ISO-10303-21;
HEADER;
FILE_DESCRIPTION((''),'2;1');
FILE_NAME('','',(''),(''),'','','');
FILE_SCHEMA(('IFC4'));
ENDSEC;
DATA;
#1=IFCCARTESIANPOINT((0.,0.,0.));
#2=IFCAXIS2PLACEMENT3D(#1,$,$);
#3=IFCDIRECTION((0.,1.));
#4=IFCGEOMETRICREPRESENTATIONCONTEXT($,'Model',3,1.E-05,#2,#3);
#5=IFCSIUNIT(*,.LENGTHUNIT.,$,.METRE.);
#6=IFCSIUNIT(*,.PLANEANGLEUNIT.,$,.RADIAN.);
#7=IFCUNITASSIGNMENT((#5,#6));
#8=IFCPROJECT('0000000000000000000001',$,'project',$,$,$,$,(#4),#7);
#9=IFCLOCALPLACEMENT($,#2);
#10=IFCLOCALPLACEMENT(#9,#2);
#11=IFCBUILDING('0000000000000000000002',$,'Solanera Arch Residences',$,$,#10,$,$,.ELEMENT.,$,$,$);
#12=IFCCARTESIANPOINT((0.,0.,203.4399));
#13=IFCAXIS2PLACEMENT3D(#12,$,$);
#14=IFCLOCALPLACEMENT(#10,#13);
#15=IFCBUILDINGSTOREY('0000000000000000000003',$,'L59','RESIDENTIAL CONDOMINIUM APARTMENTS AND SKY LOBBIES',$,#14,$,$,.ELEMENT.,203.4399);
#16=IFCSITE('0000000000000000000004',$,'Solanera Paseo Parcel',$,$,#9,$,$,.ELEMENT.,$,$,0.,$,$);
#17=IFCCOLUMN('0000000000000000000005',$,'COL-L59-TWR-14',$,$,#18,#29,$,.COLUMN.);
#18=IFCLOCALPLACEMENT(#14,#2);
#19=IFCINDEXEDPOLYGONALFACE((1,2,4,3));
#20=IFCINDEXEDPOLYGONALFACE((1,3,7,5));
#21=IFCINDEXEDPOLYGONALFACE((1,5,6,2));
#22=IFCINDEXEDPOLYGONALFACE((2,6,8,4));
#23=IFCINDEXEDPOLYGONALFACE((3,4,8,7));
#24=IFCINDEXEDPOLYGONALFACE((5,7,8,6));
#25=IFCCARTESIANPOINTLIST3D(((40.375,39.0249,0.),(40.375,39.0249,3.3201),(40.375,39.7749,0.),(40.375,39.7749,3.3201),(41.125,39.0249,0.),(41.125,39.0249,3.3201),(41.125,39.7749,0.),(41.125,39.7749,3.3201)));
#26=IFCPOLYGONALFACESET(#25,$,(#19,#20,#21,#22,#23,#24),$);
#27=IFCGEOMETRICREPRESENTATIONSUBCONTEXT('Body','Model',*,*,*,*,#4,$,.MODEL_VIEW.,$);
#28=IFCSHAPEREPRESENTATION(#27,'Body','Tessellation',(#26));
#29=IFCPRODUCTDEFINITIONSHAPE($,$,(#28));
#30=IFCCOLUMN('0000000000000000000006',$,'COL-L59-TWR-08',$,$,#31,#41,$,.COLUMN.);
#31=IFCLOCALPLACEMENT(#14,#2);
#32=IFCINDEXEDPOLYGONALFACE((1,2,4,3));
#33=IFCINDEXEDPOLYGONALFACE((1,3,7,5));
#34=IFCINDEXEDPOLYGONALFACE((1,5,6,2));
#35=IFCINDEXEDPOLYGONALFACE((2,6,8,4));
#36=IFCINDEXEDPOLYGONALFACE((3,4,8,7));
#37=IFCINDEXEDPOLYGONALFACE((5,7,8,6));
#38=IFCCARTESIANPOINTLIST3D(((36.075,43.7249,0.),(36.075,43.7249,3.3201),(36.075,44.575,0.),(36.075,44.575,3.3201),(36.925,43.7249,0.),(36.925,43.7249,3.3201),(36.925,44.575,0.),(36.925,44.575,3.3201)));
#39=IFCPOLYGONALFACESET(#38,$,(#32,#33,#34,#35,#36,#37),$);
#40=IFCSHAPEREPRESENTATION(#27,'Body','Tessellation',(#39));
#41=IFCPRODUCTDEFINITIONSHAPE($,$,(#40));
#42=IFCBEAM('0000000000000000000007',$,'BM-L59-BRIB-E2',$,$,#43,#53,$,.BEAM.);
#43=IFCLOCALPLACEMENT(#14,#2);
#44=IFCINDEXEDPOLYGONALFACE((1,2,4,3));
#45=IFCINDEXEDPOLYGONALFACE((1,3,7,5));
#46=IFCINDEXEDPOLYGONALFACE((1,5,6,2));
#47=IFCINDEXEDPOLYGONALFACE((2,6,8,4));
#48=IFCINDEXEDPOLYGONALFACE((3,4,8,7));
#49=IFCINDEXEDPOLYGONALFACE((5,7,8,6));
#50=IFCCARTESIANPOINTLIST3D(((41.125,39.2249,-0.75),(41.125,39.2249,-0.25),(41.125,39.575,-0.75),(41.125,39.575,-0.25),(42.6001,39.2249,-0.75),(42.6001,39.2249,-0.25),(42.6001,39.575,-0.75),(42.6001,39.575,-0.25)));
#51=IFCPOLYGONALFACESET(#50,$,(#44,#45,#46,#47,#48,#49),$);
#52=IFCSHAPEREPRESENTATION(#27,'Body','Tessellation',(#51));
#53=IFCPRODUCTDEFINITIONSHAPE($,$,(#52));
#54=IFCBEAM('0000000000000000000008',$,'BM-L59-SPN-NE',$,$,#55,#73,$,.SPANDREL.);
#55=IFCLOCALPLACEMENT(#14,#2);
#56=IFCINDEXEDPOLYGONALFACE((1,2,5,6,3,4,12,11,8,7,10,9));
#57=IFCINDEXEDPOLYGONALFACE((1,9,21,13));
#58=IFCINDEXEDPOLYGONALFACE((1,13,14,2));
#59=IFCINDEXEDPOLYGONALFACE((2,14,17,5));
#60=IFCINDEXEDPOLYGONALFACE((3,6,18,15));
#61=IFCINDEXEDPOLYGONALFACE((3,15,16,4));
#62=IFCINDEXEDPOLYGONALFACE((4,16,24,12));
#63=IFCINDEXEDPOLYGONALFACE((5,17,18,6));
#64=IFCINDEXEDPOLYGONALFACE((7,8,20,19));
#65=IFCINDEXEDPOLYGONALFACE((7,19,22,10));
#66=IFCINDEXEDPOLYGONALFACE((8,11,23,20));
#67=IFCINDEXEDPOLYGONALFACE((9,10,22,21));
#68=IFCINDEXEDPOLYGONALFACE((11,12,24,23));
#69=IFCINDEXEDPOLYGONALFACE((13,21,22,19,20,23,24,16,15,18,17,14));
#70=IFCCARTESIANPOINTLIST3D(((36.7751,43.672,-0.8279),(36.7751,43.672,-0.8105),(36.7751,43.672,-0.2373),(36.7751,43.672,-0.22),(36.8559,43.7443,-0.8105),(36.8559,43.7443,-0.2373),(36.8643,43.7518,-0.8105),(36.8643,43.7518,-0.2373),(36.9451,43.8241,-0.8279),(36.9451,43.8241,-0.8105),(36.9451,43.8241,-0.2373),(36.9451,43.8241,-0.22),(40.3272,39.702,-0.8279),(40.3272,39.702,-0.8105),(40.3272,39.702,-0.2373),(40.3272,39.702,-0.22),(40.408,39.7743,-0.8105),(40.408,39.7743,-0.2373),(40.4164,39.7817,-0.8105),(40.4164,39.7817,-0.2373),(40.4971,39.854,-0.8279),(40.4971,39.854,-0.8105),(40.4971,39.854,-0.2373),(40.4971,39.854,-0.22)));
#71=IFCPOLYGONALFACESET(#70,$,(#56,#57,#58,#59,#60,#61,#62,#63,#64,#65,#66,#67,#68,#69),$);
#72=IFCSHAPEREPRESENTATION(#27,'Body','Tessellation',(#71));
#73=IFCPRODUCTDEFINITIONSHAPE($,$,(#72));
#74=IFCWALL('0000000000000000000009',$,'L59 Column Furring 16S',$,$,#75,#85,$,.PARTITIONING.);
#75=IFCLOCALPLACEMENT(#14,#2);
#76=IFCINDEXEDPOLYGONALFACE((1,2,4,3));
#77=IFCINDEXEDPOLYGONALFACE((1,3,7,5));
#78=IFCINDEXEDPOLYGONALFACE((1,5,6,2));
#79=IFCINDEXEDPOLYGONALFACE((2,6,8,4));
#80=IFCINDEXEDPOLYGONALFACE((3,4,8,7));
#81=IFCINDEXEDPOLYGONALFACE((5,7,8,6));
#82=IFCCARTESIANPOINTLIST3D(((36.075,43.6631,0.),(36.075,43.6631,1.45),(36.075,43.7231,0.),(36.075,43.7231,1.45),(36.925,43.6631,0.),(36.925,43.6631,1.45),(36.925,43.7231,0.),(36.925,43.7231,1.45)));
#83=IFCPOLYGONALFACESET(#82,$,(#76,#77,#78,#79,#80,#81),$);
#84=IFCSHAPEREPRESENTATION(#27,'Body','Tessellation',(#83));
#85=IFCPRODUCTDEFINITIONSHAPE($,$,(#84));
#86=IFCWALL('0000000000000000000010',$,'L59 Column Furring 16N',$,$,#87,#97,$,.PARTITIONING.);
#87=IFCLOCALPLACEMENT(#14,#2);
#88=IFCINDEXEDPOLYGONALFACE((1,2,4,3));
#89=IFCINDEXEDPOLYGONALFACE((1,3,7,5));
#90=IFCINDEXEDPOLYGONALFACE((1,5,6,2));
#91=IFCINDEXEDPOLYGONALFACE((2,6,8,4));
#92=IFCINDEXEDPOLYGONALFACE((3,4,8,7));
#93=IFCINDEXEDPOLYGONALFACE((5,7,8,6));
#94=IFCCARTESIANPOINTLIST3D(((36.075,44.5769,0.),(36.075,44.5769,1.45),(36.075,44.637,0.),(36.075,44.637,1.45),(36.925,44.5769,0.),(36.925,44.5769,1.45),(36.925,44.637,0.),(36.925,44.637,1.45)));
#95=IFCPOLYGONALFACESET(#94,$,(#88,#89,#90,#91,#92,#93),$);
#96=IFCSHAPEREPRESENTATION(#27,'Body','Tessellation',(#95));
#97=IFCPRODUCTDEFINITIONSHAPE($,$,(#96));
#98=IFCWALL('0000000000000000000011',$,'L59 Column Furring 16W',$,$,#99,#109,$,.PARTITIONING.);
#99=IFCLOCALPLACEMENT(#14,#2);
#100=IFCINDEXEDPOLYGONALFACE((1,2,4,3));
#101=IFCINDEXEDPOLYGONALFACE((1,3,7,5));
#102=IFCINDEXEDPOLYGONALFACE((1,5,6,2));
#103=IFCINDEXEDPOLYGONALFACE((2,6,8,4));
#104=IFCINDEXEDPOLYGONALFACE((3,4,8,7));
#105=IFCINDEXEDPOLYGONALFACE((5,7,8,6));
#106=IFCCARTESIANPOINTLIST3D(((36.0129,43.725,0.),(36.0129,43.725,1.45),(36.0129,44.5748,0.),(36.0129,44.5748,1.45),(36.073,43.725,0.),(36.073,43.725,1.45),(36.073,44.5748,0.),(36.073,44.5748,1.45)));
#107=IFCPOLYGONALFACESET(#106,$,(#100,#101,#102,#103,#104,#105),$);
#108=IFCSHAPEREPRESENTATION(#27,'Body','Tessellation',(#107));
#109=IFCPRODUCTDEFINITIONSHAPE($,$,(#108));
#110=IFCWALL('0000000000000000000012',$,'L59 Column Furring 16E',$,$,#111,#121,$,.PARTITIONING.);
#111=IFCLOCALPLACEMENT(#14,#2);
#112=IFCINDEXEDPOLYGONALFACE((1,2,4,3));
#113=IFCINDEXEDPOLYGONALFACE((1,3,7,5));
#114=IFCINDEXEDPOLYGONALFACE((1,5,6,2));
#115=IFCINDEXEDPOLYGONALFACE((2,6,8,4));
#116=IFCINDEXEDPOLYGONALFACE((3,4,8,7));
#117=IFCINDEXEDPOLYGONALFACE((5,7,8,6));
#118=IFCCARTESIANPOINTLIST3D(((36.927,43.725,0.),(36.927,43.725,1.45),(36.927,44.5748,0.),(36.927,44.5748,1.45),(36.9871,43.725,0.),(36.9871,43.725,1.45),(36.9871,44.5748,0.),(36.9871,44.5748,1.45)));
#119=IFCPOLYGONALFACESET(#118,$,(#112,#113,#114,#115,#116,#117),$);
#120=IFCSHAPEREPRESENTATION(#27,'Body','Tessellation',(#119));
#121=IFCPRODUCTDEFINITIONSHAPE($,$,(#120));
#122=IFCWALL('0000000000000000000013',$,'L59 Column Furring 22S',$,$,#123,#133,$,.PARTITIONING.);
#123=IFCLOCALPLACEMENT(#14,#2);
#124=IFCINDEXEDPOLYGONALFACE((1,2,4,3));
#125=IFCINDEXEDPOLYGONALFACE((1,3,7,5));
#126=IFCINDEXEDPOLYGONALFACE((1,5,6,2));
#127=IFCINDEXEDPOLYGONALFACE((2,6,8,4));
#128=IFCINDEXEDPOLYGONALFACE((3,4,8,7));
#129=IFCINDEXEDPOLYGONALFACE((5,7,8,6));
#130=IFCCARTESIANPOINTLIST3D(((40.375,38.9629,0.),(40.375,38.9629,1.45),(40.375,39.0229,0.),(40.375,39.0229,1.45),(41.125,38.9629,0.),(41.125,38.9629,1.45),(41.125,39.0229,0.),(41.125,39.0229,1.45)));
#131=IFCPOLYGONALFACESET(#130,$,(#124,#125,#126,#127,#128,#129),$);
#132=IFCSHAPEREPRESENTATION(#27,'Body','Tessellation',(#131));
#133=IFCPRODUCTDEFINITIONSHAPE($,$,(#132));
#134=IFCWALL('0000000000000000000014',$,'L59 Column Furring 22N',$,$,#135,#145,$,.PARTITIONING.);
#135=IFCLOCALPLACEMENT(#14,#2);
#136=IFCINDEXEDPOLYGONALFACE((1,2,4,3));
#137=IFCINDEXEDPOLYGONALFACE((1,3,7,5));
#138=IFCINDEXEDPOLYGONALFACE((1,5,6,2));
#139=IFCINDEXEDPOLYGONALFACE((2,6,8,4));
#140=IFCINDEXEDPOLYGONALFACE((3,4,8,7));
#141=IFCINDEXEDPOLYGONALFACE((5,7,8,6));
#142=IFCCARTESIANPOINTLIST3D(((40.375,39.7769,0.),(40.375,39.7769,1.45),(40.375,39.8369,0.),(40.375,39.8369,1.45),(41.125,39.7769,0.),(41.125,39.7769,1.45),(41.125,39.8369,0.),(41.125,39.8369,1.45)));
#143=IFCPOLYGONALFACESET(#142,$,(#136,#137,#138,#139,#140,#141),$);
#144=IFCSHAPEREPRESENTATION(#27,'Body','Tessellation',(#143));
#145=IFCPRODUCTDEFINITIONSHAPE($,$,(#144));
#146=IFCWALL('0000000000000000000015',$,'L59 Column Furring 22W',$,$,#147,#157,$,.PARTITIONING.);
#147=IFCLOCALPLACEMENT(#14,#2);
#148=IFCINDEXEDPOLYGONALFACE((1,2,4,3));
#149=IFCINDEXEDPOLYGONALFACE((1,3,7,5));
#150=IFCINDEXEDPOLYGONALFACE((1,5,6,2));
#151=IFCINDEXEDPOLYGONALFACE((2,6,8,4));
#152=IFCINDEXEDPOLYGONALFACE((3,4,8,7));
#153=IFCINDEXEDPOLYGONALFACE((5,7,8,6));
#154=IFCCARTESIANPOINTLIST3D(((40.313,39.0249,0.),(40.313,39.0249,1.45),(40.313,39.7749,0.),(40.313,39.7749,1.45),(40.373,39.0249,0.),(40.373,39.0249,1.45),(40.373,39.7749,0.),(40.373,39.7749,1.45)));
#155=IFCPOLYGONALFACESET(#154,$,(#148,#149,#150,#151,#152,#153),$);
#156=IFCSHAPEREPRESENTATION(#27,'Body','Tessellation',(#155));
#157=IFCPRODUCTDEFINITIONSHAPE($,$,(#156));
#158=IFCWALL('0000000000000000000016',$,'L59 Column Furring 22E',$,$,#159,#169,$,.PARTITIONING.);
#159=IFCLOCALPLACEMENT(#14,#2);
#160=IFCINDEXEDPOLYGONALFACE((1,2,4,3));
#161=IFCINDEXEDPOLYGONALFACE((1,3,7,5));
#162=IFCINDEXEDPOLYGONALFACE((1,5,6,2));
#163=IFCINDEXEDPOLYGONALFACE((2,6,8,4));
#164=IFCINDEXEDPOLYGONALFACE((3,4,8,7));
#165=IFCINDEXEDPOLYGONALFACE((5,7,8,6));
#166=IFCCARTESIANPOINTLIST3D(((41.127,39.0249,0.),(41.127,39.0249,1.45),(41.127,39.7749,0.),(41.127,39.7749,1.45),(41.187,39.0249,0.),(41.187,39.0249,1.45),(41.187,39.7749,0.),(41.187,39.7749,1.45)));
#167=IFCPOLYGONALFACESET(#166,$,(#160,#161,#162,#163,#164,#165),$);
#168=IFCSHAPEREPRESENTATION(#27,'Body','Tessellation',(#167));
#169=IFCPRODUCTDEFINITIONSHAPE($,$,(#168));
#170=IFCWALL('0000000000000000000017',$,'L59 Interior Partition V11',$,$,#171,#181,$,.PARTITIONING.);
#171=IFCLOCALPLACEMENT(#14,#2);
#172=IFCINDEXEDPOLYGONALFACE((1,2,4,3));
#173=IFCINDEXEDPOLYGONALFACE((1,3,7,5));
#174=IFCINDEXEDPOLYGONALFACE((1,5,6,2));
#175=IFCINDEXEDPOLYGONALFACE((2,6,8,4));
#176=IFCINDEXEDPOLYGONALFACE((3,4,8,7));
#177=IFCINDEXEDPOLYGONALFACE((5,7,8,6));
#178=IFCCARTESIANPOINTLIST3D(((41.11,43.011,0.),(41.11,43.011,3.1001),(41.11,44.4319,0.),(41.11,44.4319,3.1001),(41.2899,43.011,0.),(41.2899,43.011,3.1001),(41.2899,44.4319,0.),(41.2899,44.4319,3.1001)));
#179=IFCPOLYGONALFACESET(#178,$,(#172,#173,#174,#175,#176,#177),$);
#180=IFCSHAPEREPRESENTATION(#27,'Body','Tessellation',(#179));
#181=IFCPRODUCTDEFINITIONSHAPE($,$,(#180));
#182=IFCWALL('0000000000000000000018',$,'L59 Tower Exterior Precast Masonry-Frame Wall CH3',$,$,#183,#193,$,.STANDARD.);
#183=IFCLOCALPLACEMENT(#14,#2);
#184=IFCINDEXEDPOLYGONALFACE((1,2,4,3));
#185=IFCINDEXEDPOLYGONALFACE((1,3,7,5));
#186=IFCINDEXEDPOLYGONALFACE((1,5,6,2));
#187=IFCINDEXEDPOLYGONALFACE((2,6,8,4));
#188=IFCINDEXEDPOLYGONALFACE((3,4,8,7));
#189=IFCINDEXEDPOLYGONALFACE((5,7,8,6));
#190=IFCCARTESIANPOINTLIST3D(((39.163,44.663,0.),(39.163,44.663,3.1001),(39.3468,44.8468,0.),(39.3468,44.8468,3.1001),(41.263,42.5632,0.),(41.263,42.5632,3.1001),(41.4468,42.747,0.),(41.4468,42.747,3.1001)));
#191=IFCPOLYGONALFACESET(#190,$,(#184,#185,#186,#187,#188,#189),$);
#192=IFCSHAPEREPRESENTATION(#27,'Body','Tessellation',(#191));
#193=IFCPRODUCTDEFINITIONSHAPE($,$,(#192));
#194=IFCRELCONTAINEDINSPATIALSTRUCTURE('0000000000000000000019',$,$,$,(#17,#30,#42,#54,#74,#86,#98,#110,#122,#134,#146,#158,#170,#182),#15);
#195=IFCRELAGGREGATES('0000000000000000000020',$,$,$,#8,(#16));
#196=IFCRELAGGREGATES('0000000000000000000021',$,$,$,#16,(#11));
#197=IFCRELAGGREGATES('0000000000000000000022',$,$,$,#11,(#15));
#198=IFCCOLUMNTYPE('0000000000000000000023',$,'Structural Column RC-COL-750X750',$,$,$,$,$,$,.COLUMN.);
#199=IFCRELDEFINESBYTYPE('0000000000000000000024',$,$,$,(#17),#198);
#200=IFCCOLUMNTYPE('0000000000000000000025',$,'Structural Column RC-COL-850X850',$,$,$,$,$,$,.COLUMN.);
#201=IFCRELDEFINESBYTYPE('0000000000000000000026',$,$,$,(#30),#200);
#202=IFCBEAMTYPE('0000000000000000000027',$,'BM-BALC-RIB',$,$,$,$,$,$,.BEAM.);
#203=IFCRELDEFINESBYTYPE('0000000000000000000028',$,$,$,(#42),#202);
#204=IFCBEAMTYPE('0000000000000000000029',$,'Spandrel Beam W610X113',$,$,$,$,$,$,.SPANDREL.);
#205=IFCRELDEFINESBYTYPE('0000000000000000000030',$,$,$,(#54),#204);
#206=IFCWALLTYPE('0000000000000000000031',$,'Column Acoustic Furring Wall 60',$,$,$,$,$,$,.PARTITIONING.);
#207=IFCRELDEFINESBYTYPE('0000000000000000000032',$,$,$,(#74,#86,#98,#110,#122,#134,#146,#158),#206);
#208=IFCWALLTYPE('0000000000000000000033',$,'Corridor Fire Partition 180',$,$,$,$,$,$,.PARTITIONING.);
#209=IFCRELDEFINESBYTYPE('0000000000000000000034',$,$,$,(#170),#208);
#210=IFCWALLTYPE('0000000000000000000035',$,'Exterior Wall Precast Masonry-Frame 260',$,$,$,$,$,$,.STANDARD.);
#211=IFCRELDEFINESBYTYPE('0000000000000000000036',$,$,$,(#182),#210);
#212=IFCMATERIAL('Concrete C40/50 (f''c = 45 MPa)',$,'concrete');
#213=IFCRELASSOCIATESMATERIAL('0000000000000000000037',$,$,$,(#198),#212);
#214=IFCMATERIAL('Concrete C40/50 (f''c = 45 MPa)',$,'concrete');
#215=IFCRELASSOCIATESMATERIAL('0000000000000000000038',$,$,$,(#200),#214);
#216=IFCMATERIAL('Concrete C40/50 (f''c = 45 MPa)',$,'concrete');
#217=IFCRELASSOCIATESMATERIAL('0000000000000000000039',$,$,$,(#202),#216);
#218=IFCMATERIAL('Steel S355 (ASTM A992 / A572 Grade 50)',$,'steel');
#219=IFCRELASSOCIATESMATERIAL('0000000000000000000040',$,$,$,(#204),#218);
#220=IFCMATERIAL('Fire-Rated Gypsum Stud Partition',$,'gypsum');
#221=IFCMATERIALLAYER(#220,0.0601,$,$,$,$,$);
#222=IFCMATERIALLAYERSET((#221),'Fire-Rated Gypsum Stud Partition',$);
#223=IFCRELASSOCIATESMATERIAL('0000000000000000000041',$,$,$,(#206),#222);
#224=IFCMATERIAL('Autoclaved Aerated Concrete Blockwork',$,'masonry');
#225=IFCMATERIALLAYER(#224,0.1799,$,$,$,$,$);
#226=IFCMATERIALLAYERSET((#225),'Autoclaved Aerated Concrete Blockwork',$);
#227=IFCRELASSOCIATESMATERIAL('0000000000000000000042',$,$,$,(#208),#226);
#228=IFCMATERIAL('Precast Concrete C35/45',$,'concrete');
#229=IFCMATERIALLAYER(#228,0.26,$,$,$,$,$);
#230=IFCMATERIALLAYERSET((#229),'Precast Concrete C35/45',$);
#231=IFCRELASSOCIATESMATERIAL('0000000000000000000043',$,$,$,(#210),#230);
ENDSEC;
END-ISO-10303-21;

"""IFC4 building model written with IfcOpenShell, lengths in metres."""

from ifc_helpers import new_model, si_unit, direction, frame, frame_2d, origin, origin_2d, place, context, subcontext, project, spatial, rectangle, i_section, extrude, material, layer, layer_set, material_profile, profile_set, type_object, element, save


model = new_model("IFC4")

# Units and contexts
model_context = context("Model", 3, precision=1e-05, world=origin(), true_north=direction((0.0, 1.0)))
body_context = subcontext(model_context, "Body", "Model", "MODEL_VIEW")
ifc_project = project(units=[si_unit("LENGTHUNIT", "METRE"), si_unit("PLANEANGLEUNIT", "RADIAN")], contexts=[model_context])

# Site, building, storey
site_placement = place(None, origin())
site = spatial("IfcSite", under=ifc_project, at=site_placement, Name="Solanera Paseo Parcel", CompositionType="ELEMENT", RefElevation=0.0)
building_placement = place(site_placement, origin())
building = spatial("IfcBuilding", under=site, at=building_placement, Name="Solanera Arch Residences", CompositionType="ELEMENT")
storey_placement = place(building_placement, frame((0.0, 0.0, 203.4399)))
storey = spatial("IfcBuildingStorey", under=building, at=storey_placement, Name="L59", Description="RESIDENTIAL CONDOMINIUM APARTMENTS AND SKY LOBBIES", CompositionType="ELEMENT", Elevation=203.4399)

# Columns
ifc_material_1 = material(Name="Concrete C40/50 (f'c = 45 MPa)", Category="concrete")
ifc_material_profile_1 = material_profile(ifc_material_1, rectangle(XDim=0.75, YDim=0.75, at=origin_2d()))
ifc_profile_set_1 = profile_set([ifc_material_profile_1], Name="Concrete C40/50 (f'c = 45 MPa)")
column_type_1 = type_object("IfcColumnType", Name="Structural Column RC-COL-750X750", PredefinedType="COLUMN", material=ifc_profile_set_1)
column_1_placement = place(storey_placement, frame((40.75, 39.3999, 0.0), z_axis=(0.0, 0.0, 1.0), x_axis=(1.0, 0.0, 0.0)))
element("IfcColumn", 1, at=column_1_placement, inside=storey, type_object=column_type_1, Name="COL-L59-TWR-14", PredefinedType="COLUMN", context=body_context, shape_type="SweptSolid", body=[
    extrude(rectangle(XDim=0.75, YDim=0.75, at=origin_2d()), origin(), (0.0, 0.0, 1.0), 3.3201),
])
ifc_material_2 = material(Name="Concrete C40/50 (f'c = 45 MPa)", Category="concrete")
ifc_material_profile_2 = material_profile(ifc_material_2, rectangle(XDim=0.8501, YDim=0.8501, at=origin_2d()))
ifc_profile_set_2 = profile_set([ifc_material_profile_2], Name="Concrete C40/50 (f'c = 45 MPa)")
column_type_2 = type_object("IfcColumnType", Name="Structural Column RC-COL-850X850", PredefinedType="COLUMN", material=ifc_profile_set_2)
column_2_placement = place(storey_placement, frame((36.5, 44.1499, 0.0), z_axis=(0.0, 0.0, 1.0), x_axis=(1.0, 0.0, 0.0)))
element("IfcColumn", 2, at=column_2_placement, inside=storey, type_object=column_type_2, Name="COL-L59-TWR-08", PredefinedType="COLUMN", context=body_context, shape_type="SweptSolid", body=[
    extrude(rectangle(XDim=0.8501, YDim=0.8501, at=origin_2d()), origin(), (0.0, 0.0, 1.0), 3.3201),
])

# Beams
ifc_material_3 = material(Name="Concrete C40/50 (f'c = 45 MPa)", Category="concrete")
ifc_material_profile_3 = material_profile(ifc_material_3, rectangle(XDim=0.3501, YDim=0.5, at=origin_2d()))
ifc_profile_set_3 = profile_set([ifc_material_profile_3], Name="Concrete C40/50 (f'c = 45 MPa)")
beam_type_1 = type_object("IfcBeamType", Name="BM-BALC-RIB", PredefinedType="BEAM", material=ifc_profile_set_3)
beam_1_placement = place(storey_placement, frame((41.125, 39.3999, -0.5), z_axis=(1.0, 0.0, 0.0), x_axis=(0.0, 1.0, 0.0)))
element("IfcBeam", 3, at=beam_1_placement, inside=storey, type_object=beam_type_1, Name="BM-L59-BRIB-E2", PredefinedType="BEAM", context=body_context, shape_type="SweptSolid", body=[
    extrude(rectangle(XDim=0.3501, YDim=0.5, at=origin_2d()), origin(), (0.0, 0.0, 1.0), 1.4751),
])
ifc_material_4 = material(Name="Steel S355 (ASTM A992 / A572 Grade 50)", Category="steel")
ifc_material_profile_4 = material_profile(ifc_material_4, i_section(OverallWidth=0.228, OverallDepth=0.6079, WebThickness=0.0112, FlangeThickness=0.0173, at=origin_2d()))
ifc_profile_set_4 = profile_set([ifc_material_profile_4], Name="Steel S355 (ASTM A992 / A572 Grade 50)")
beam_type_2 = type_object("IfcBeamType", Name="Spandrel Beam W610X113", PredefinedType="SPANDREL", material=ifc_profile_set_4)
beam_2_placement = place(storey_placement, frame((36.8601, 43.748, -0.5239), z_axis=(0.666787, -0.745249, 0.0), x_axis=(0.745249, 0.666787, 0.0)))
element("IfcBeam", 4, at=beam_2_placement, inside=storey, type_object=beam_type_2, Name="BM-L59-SPN-NE", PredefinedType="SPANDREL", context=body_context, shape_type="SweptSolid", body=[
    extrude(i_section(OverallWidth=0.228, OverallDepth=0.6079, WebThickness=0.0112, FlangeThickness=0.0173, at=origin_2d()), origin(), (0.0, 0.0, 1.0), 5.3271),
])

# Walls
ifc_material_5 = material(Name="Fire-Rated Gypsum Stud Partition", Category="gypsum")
ifc_layer_1 = layer(ifc_material_5, 0.0601)
ifc_layer_set_1 = layer_set([ifc_layer_1], Name="Fire-Rated Gypsum Stud Partition")
wall_type_1 = type_object("IfcWallType", Name="Column Acoustic Furring Wall 60", PredefinedType="PARTITIONING", material=ifc_layer_set_1)
for number, where, z_axis, x_axis, name in (
    (5, (36.075, 43.6931, 0.0), (0.0, 0.0, 1.0), (1.0, 0.0, 0.0), "L59 Column Furring 16S"),
    (6, (36.075, 44.6069, 0.0), (0.0, 0.0, 1.0), (1.0, 0.0, 0.0), "L59 Column Furring 16N"),
):
    element("IfcWall", number, at=place(storey_placement, frame(where, z_axis=z_axis, x_axis=x_axis)), inside=storey, type_object=wall_type_1, Name=name, PredefinedType="PARTITIONING", context=body_context, shape_type="SweptSolid", body=[
        extrude(rectangle(XDim=0.8501, YDim=0.0601, at=frame_2d((0.425, 0.0))), origin(), (0.0, 0.0, 1.0), 1.45),
    ])
for number, where, z_axis, x_axis, name in (
    (7, (36.043, 43.7251, 0.0), (0.0, 0.0, 1.0), (0.0, 1.0, 0.0), "L59 Column Furring 16W"),
    (8, (36.957, 43.7251, 0.0), (0.0, 0.0, 1.0), (0.0, 1.0, 0.0), "L59 Column Furring 16E"),
):
    element("IfcWall", number, at=place(storey_placement, frame(where, z_axis=z_axis, x_axis=x_axis)), inside=storey, type_object=wall_type_1, Name=name, PredefinedType="PARTITIONING", context=body_context, shape_type="SweptSolid", body=[
        extrude(rectangle(XDim=0.8499, YDim=0.0601, at=frame_2d((0.4248, 0.0))), origin(), (0.0, 0.0, 1.0), 1.45),
    ])
for number, where, z_axis, x_axis, name in (
    (9, (40.375, 38.9929, 0.0), (0.0, 0.0, 1.0), (1.0, 0.0, 0.0), "L59 Column Furring 22S"),
    (10, (40.375, 39.8069, 0.0), (0.0, 0.0, 1.0), (1.0, 0.0, 0.0), "L59 Column Furring 22N"),
    (11, (40.343, 39.0249, 0.0), (0.0, 0.0, 1.0), (0.0, 1.0, 0.0), "L59 Column Furring 22W"),
    (12, (41.157, 39.0249, 0.0), (0.0, 0.0, 1.0), (0.0, 1.0, 0.0), "L59 Column Furring 22E"),
):
    element("IfcWall", number, at=place(storey_placement, frame(where, z_axis=z_axis, x_axis=x_axis)), inside=storey, type_object=wall_type_1, Name=name, PredefinedType="PARTITIONING", context=body_context, shape_type="SweptSolid", body=[
        extrude(rectangle(XDim=0.75, YDim=0.0601, at=frame_2d((0.375, 0.0))), origin(), (0.0, 0.0, 1.0), 1.45),
    ])
ifc_material_6 = material(Name="Autoclaved Aerated Concrete Blockwork", Category="masonry")
ifc_layer_2 = layer(ifc_material_6, 0.1799)
ifc_layer_set_2 = layer_set([ifc_layer_2], Name="Autoclaved Aerated Concrete Blockwork")
wall_type_2 = type_object("IfcWallType", Name="Corridor Fire Partition 180", PredefinedType="PARTITIONING", material=ifc_layer_set_2)
wall_1_placement = place(storey_placement, frame((41.2, 43.011, 0.0), z_axis=(0.0, 0.0, 1.0), x_axis=(0.0, 1.0, 0.0)))
element("IfcWall", 13, at=wall_1_placement, inside=storey, type_object=wall_type_2, Name="L59 Interior Partition V11", PredefinedType="PARTITIONING", context=body_context, shape_type="SweptSolid", body=[
    extrude(rectangle(XDim=1.4209, YDim=0.1799, at=frame_2d((0.7104, 0.0))), origin(), (0.0, 0.0, 1.0), 3.1001),
])
ifc_material_7 = material(Name="Precast Concrete C35/45", Category="concrete")
ifc_layer_3 = layer(ifc_material_7, 0.26)
ifc_layer_set_3 = layer_set([ifc_layer_3], Name="Precast Concrete C35/45")
wall_type_3 = type_object("IfcWallType", Name="Exterior Wall Precast Masonry-Frame 260", PredefinedType="STANDARD", material=ifc_layer_set_3)
wall_2_placement = place(storey_placement, frame((39.2549, 44.7549, 0.0), z_axis=(0.0, 0.0, 1.0), x_axis=(0.707148, -0.707066, 0.0)))
element("IfcWall", 14, at=wall_2_placement, inside=storey, type_object=wall_type_3, Name="L59 Tower Exterior Precast Masonry-Frame Wall CH3", PredefinedType="STANDARD", context=body_context, shape_type="SweptSolid", body=[
    extrude(rectangle(XDim=2.9697, YDim=0.26, at=frame_2d((1.4849, 0.0))), origin(), (0.0, 0.0, 1.0), 3.1001),
])

save(model, "model.ifc")
